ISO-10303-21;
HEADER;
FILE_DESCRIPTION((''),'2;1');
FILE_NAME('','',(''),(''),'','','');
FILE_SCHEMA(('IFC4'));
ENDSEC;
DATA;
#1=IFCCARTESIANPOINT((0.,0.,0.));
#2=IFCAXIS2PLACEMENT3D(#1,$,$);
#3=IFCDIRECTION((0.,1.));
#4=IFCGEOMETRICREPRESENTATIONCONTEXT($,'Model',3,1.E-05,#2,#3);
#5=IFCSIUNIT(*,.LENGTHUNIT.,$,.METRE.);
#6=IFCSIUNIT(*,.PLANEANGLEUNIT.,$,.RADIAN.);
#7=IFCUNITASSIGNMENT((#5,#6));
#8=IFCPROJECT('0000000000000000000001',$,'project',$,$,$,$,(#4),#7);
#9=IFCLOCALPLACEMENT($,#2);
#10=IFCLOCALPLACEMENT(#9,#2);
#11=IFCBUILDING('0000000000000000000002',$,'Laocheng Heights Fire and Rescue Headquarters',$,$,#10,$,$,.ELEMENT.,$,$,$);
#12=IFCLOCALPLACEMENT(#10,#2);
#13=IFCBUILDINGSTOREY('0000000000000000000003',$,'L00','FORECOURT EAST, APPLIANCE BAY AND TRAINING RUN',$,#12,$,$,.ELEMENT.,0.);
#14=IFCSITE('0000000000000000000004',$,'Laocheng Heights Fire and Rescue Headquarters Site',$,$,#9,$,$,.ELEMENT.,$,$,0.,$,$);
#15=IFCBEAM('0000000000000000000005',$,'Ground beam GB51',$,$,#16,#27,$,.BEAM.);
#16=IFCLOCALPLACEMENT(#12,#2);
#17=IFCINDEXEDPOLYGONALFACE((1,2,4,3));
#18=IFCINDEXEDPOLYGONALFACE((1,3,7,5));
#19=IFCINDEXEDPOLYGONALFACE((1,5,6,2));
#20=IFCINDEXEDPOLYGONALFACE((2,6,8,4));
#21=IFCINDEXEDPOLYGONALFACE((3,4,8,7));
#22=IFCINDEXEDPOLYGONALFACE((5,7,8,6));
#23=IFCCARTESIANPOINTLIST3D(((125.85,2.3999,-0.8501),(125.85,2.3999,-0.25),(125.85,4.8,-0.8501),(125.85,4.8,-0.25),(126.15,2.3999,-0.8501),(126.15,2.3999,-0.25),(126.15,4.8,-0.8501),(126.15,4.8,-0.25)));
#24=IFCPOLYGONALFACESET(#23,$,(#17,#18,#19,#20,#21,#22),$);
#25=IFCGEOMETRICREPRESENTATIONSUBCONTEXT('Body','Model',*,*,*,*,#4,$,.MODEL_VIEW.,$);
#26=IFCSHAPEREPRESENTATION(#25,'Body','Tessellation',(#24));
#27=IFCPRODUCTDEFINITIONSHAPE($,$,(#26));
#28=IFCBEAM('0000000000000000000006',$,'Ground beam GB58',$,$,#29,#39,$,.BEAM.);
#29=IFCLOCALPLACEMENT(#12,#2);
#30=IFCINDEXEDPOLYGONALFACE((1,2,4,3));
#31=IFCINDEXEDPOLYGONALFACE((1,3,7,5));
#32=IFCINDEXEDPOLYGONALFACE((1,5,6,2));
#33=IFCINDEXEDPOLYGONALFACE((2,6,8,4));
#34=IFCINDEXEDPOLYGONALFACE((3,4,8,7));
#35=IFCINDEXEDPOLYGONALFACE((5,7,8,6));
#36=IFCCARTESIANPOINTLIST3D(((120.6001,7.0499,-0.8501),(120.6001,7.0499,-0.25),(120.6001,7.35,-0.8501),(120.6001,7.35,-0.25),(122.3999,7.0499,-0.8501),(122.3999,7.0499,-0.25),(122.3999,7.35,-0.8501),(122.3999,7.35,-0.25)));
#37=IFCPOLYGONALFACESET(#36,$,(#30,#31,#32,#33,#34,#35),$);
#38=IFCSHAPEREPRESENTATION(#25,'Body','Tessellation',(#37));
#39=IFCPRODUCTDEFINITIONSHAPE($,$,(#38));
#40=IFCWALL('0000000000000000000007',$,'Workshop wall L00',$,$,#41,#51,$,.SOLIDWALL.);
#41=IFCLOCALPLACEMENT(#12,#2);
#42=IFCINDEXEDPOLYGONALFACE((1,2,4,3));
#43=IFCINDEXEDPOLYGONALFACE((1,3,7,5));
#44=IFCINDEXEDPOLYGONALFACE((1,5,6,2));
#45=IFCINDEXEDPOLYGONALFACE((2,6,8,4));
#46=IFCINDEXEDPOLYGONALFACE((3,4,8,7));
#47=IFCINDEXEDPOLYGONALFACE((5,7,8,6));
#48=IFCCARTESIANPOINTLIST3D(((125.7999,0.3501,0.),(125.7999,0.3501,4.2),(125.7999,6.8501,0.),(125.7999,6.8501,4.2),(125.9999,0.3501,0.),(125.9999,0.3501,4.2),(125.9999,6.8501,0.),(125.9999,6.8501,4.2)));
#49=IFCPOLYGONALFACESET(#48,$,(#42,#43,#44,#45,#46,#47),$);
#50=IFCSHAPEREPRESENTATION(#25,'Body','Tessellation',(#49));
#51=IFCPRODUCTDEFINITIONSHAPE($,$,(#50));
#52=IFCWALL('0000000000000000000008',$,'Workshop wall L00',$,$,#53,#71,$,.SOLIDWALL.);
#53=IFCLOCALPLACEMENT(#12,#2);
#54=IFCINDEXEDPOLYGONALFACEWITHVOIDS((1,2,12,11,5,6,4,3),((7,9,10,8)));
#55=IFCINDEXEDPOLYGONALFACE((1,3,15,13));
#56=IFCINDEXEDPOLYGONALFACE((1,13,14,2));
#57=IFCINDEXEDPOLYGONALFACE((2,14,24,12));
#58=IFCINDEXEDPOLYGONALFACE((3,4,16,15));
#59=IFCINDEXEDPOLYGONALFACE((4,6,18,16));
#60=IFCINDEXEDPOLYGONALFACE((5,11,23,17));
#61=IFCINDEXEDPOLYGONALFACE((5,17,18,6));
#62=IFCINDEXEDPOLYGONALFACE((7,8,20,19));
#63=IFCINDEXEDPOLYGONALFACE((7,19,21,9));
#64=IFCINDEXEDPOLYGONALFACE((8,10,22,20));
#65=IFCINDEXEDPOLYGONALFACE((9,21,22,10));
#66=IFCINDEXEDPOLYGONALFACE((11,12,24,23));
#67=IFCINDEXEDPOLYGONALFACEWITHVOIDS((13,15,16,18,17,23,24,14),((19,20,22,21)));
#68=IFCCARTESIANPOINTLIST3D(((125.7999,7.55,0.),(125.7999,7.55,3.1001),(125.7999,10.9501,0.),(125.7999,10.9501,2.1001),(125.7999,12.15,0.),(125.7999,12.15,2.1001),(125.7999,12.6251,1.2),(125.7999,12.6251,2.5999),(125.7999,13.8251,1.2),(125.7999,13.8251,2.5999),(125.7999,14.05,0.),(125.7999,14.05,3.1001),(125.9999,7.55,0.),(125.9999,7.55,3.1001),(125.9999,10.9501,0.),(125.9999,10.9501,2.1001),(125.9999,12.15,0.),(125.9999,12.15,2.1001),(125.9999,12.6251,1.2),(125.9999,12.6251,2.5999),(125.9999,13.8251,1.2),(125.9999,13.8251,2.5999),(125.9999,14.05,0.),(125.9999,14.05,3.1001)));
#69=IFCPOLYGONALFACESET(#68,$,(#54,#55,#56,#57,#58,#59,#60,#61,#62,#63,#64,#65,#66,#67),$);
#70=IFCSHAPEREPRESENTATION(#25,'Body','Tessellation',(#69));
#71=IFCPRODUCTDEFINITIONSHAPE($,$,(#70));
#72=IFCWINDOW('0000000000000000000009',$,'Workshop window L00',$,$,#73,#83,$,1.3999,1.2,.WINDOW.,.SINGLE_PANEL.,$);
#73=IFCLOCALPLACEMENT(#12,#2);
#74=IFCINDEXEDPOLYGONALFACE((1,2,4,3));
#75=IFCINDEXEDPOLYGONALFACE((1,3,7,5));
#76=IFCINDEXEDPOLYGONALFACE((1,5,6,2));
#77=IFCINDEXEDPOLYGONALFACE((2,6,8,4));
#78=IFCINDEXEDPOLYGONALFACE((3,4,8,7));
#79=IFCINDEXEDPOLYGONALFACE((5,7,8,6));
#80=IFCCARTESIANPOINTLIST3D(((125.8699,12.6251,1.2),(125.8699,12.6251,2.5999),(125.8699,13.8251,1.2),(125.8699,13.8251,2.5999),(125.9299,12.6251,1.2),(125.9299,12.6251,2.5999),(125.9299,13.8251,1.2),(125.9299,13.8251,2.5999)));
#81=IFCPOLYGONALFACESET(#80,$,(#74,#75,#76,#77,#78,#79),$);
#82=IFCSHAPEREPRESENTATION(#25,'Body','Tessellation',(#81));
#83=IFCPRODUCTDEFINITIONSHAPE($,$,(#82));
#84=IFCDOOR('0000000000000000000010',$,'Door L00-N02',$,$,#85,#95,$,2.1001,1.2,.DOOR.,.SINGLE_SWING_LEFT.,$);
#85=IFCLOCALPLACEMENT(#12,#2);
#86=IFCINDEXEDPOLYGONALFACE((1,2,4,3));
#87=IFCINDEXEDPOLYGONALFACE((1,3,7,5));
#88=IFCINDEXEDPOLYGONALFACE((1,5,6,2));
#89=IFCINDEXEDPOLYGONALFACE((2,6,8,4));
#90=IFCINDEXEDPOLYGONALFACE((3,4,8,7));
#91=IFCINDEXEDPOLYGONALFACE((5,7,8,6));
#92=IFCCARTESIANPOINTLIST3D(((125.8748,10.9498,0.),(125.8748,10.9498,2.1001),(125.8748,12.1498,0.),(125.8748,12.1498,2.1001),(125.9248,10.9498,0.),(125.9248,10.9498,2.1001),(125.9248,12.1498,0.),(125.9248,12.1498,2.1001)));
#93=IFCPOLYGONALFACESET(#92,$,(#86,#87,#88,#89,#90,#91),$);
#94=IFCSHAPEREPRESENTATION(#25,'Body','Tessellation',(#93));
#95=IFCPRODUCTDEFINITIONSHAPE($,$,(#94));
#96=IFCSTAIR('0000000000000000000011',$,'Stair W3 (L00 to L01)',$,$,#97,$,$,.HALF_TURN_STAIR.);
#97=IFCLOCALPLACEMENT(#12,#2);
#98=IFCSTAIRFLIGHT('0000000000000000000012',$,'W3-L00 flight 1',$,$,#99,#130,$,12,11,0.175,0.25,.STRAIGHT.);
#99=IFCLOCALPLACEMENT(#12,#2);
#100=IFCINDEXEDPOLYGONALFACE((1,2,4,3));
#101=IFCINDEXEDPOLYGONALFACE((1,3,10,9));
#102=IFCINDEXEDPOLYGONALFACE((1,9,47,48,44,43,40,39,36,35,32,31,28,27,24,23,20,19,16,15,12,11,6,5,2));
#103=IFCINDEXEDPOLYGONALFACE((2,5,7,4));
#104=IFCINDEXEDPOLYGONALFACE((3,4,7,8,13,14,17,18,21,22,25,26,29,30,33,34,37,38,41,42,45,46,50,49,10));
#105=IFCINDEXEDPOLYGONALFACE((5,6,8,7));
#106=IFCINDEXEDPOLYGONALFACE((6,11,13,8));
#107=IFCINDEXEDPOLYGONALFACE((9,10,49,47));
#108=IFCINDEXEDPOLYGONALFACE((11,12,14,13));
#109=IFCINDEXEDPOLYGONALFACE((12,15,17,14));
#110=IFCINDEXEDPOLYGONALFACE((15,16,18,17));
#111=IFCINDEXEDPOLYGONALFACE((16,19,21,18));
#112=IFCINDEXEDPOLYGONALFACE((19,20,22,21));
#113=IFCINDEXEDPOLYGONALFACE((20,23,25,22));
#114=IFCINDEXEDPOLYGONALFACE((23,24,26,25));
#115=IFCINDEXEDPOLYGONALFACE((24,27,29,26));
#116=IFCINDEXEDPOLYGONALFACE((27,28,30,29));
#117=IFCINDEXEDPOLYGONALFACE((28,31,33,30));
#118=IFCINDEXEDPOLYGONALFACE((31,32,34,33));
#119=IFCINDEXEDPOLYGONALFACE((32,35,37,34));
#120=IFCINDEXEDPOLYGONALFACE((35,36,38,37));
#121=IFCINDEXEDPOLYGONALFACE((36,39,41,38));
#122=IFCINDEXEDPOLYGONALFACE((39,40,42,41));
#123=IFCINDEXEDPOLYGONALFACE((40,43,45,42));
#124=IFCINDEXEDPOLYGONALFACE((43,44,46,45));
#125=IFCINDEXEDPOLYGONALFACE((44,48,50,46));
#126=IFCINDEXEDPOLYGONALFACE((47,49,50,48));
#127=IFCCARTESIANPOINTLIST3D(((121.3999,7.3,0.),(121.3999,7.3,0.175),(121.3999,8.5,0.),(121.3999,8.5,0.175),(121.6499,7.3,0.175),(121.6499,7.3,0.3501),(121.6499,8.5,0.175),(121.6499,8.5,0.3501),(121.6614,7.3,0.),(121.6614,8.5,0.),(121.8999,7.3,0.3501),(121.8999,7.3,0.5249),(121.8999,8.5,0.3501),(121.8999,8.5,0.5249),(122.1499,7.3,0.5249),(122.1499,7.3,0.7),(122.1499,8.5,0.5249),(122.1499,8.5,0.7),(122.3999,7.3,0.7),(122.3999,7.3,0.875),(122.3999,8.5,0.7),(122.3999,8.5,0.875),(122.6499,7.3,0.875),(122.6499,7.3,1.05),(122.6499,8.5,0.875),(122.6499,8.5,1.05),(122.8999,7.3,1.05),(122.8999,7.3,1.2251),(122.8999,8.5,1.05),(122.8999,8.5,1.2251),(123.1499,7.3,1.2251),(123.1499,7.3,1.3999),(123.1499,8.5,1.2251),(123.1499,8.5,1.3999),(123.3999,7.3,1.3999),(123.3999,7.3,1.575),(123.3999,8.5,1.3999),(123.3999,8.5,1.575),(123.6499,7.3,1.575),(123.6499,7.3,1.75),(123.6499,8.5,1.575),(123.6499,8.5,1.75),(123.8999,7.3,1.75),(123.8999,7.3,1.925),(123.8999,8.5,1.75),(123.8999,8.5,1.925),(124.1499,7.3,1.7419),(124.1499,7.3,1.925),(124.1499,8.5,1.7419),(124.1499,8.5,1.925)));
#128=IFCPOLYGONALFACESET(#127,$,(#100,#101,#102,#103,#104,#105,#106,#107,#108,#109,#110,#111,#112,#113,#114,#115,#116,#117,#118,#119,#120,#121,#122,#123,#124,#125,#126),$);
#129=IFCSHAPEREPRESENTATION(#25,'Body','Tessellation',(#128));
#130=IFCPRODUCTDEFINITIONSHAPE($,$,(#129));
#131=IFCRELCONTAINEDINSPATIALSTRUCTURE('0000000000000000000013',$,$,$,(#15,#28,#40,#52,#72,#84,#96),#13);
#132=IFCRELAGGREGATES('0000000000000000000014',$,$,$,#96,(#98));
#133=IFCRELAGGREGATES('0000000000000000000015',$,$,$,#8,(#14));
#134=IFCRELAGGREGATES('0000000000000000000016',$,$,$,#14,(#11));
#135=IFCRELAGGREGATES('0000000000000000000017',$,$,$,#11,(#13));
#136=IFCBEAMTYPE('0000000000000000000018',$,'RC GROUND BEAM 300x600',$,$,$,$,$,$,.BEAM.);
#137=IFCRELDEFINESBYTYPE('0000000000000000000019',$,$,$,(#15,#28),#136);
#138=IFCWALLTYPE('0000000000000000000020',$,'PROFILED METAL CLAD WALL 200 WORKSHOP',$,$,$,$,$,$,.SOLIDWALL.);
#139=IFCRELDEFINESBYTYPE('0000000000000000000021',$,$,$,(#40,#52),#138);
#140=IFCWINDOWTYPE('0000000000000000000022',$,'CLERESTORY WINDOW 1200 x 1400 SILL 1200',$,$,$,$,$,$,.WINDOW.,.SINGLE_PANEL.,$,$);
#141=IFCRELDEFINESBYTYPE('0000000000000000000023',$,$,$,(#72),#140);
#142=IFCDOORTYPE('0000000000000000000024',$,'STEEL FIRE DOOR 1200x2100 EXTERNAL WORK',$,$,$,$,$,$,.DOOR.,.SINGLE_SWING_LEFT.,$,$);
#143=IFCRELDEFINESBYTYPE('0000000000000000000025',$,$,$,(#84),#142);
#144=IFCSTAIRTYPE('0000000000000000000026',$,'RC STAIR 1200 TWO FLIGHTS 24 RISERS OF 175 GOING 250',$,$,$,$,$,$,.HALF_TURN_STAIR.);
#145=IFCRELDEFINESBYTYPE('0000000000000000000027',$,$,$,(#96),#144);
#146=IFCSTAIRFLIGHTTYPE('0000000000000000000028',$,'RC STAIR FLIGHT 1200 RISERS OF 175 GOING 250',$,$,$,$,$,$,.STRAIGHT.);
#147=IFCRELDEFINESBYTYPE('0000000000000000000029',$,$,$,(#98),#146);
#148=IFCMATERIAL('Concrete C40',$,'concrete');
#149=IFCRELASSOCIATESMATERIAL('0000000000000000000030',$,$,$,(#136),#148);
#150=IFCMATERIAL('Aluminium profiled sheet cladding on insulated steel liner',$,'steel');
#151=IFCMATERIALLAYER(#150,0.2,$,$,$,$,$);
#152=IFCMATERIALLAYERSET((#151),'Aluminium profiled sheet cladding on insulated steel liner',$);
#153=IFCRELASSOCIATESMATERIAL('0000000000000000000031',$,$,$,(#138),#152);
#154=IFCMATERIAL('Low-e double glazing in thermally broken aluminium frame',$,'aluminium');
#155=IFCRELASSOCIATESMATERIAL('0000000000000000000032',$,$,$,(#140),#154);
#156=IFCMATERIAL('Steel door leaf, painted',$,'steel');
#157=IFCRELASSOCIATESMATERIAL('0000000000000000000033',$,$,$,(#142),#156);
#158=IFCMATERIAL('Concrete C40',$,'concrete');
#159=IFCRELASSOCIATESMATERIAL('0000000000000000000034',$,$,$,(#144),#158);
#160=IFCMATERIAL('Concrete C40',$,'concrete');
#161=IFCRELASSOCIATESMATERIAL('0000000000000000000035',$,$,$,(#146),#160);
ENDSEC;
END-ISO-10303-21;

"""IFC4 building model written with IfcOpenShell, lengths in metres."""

from ifc_helpers import new_model, si_unit, direction, frame, frame_2d, origin, origin_2d, place, context, subcontext, project, spatial, polyline, rectangle, outline, extrude, material, layer, layer_set, material_profile, profile_set, type_object, element, fill, aggregate, save


model = new_model("IFC4")

# Units and contexts
model_context = context("Model", 3, precision=1e-05, world=origin(), true_north=direction((0.0, 1.0)))
body_context = subcontext(model_context, "Body", "Model", "MODEL_VIEW")
ifc_project = project(units=[si_unit("LENGTHUNIT", "METRE"), si_unit("PLANEANGLEUNIT", "RADIAN")], contexts=[model_context])

# Site, building, storey
site_placement = place(None, origin())
site = spatial("IfcSite", under=ifc_project, at=site_placement, Name="Laocheng Heights Fire and Rescue Headquarters Site", CompositionType="ELEMENT", RefElevation=0.0)
building_placement = place(site_placement, origin())
building = spatial("IfcBuilding", under=site, at=building_placement, Name="Laocheng Heights Fire and Rescue Headquarters", CompositionType="ELEMENT")
storey_placement = place(building_placement, origin())
storey = spatial("IfcBuildingStorey", under=building, at=storey_placement, Name="L00", Description="FORECOURT EAST, APPLIANCE BAY AND TRAINING RUN", CompositionType="ELEMENT", Elevation=0.0)

# Beams
ifc_material_1 = material(Name="Concrete C40", Category="concrete")
ifc_material_profile_1 = material_profile(ifc_material_1, rectangle(XDim=0.3, YDim=0.6001, at=origin_2d()), Name="RC GROUND BEAM 300x600")
ifc_profile_set_1 = profile_set([ifc_material_profile_1], Name="Concrete C40")
beam_type_1 = type_object("IfcBeamType", Name="RC GROUND BEAM 300x600", PredefinedType="BEAM", material=ifc_profile_set_1)
beam_1_placement = place(storey_placement, frame((126.0, 2.3999, -0.55), z_axis=(0.0, 1.0, 0.0), x_axis=(-1.0, 0.0, 0.0)))
element("IfcBeam", 1, at=beam_1_placement, inside=storey, type_object=beam_type_1, Name="Ground beam GB51", PredefinedType="BEAM", context=body_context, shape_type="SweptSolid", body=[
    extrude(rectangle(XDim=0.3, YDim=0.6001, at=origin_2d()), origin(), (0.0, 0.0, 1.0), 2.4001),
])
beam_2_placement = place(storey_placement, frame((120.6001, 7.2, -0.55), z_axis=(1.0, 0.0, 0.0), x_axis=(0.0, 1.0, 0.0)))
element("IfcBeam", 2, at=beam_2_placement, inside=storey, type_object=beam_type_1, Name="Ground beam GB58", PredefinedType="BEAM", context=body_context, shape_type="SweptSolid", body=[
    extrude(rectangle(XDim=0.3, YDim=0.6001, at=origin_2d()), origin(), (0.0, 0.0, 1.0), 1.7998),
])

# Wall
ifc_material_2 = material(Name="Aluminium profiled sheet cladding on insulated steel liner", Category="steel")
ifc_layer = layer(ifc_material_2, 0.2)
ifc_layer_set = layer_set([ifc_layer], Name="Aluminium profiled sheet cladding on insulated steel liner")
wall_type = type_object("IfcWallType", Name="PROFILED METAL CLAD WALL 200 WORKSHOP", PredefinedType="SOLIDWALL", material=ifc_layer_set)
wall_1_placement = place(storey_placement, frame((125.8999, 0.3501, 0.0), z_axis=(0.0, 0.0, 1.0), x_axis=(0.0, 1.0, 0.0)))
element("IfcWall", 3, at=wall_1_placement, inside=storey, type_object=wall_type, Name="Workshop wall L00", PredefinedType="SOLIDWALL", context=body_context, shape_type="SweptSolid", body=[
    extrude(rectangle(XDim=6.5, YDim=0.2, at=frame_2d((3.25, 0.0))), origin(), (0.0, 0.0, 1.0), 4.2),
])

# Wall, openings, window, door
wall_2_placement = place(storey_placement, frame((125.8999, 7.55, 0.0), z_axis=(0.0, 0.0, 1.0), x_axis=(0.0, 1.0, 0.0)))
wall_2 = element("IfcWall", 4, at=wall_2_placement, inside=storey, type_object=wall_type, Name="Workshop wall L00", PredefinedType="SOLIDWALL", context=body_context, shape_type="SweptSolid", body=[
    extrude(rectangle(XDim=6.5, YDim=0.2, at=frame_2d((3.25, 0.0))), origin(), (0.0, 0.0, 1.0), 3.1001),
])
opening_1_placement = place(wall_2_placement, frame((5.075, 0.0, 1.2)))
opening_1 = element("IfcOpeningElement", 5, at=opening_1_placement, cuts=wall_2, PredefinedType="OPENING", context=body_context, shape_type="SweptSolid", body=[
    extrude(rectangle(XDim=1.2, YDim=1.3999, at=frame_2d((0.6001, 0.7))), frame((0.0, 0.1099, 0.0), z_axis=(0.0, -1.0, 0.0), x_axis=(1.0, 0.0, 0.0)), (0.0, 0.0, 1.0), 0.22),
])
opening_2_placement = place(wall_2_placement, frame((3.3999, 0.0, 0.0)))
opening_2 = element("IfcOpeningElement", 6, at=opening_2_placement, cuts=wall_2, PredefinedType="OPENING", context=body_context, shape_type="SweptSolid", body=[
    extrude(rectangle(XDim=1.2, YDim=2.1001, at=frame_2d((0.6001, 1.05))), frame((0.0, 0.1099, 0.0), z_axis=(0.0, -1.0, 0.0), x_axis=(1.0, 0.0, 0.0)), (0.0, 0.0, 1.0), 0.22),
])
ifc_material_3 = material(Name="Low-e double glazing in thermally broken aluminium frame", Category="aluminium")
window_type = type_object("IfcWindowType", Name="CLERESTORY WINDOW 1200 x 1400 SILL 1200", PartitioningType="SINGLE_PANEL", PredefinedType="WINDOW", material=ifc_material_3)
window_placement = place(opening_1_placement, origin())
window = element("IfcWindow", 7, at=window_placement, inside=storey, type_object=window_type, Name="Workshop window L00", OverallHeight=1.3999, OverallWidth=1.2, PartitioningType="SINGLE_PANEL", PredefinedType="WINDOW", context=body_context, shape_type="SweptSolid", body=[
    extrude(rectangle(XDim=1.2, YDim=1.3999, at=frame_2d((0.6001, 0.7))), frame((0.0, 0.03, 0.0), z_axis=(0.0, -1.0, 0.0), x_axis=(1.0, 0.0, 0.0)), (0.0, 0.0, 1.0), 0.0601),
])
fill(opening_1, window)
ifc_material_4 = material(Name="Steel door leaf, painted", Category="steel")
door_type = type_object("IfcDoorType", Name="STEEL FIRE DOOR 1200x2100 EXTERNAL WORK", OperationType="SINGLE_SWING_LEFT", PredefinedType="DOOR", material=ifc_material_4)
door_placement = place(opening_2_placement, frame((1.2, 0.0, 0.0), z_axis=(0.0, 0.0, 1.0), x_axis=(-1.0, 0.0, 0.0)))
door = element("IfcDoor", 8, at=door_placement, inside=storey, type_object=door_type, Name="Door L00-N02", OperationType="SINGLE_SWING_LEFT", OverallHeight=2.1001, OverallWidth=1.2, PredefinedType="DOOR", context=body_context, shape_type="SweptSolid", body=[
    extrude(rectangle(XDim=1.2, YDim=2.1001, at=frame_2d((0.6001, 1.05))), frame((0.0, 0.0249, 0.0), z_axis=(0.0, -1.0, 0.0), x_axis=(1.0, 0.0, 0.0)), (0.0, 0.0, 1.0), 0.05),
])
fill(opening_2, door)

# Stair, stair flight
ifc_material_5 = material(Name="Concrete C40", Category="concrete")
stair_type = type_object("IfcStairType", Name="RC STAIR 1200 TWO FLIGHTS 24 RISERS OF 175 GOING 250", PredefinedType="HALF_TURN_STAIR", material=ifc_material_5)
stair_placement = place(storey_placement, origin())
stair = element("IfcStair", 9, at=stair_placement, inside=storey, type_object=stair_type, Name="Stair W3 (L00 to L01)", PredefinedType="HALF_TURN_STAIR")
ifc_material_6 = material(Name="Concrete C40", Category="concrete")
stair_flight_type = type_object("IfcStairFlightType", Name="RC STAIR FLIGHT 1200 RISERS OF 175 GOING 250", PredefinedType="STRAIGHT", material=ifc_material_6)
stair_flight_placement = place(storey_placement, frame((121.3999, 7.8999, 0.0), z_axis=(0.0, 0.0, 1.0), x_axis=(1.0, 0.0, 0.0)))
stair_flight = element("IfcStairFlight", 10, at=stair_flight_placement, type_object=stair_flight_type, Name="W3-L00 flight 1", NumberOfRisers=12, NumberOfTreads=11, PredefinedType="STRAIGHT", RiserHeight=0.175, TreadLength=0.25, context=body_context, shape_type="SweptSolid", body=[
    extrude(outline(polyline([(0.0, 0.0), (0.0, 0.175), (0.25, 0.175), (0.25, 0.3501), (0.5, 0.3501), (0.5, 0.5249), (0.75, 0.5249), (0.75, 0.7), (1.0, 0.7), (1.0, 0.875), (1.25, 0.875), (1.25, 1.05), (1.5, 1.05), (1.5, 1.2251), (1.75, 1.2251), (1.75, 1.3999), (2.0, 1.3999), (2.0, 1.575), (2.25, 1.575), (2.25, 1.75), (2.5, 1.75), (2.5, 1.925), (2.75, 1.925), (2.75, 2.1001), (2.75, 1.7419), (0.2615, 0.0), (0.0, 0.0)])), frame((0.0, 0.6001, 0.0), z_axis=(0.0, -1.0, 0.0), x_axis=(1.0, 0.0, 0.0)), (0.0, 0.0, 1.0), 1.2),
])
aggregate(stair, [stair_flight])

save(model, "model.ifc")
